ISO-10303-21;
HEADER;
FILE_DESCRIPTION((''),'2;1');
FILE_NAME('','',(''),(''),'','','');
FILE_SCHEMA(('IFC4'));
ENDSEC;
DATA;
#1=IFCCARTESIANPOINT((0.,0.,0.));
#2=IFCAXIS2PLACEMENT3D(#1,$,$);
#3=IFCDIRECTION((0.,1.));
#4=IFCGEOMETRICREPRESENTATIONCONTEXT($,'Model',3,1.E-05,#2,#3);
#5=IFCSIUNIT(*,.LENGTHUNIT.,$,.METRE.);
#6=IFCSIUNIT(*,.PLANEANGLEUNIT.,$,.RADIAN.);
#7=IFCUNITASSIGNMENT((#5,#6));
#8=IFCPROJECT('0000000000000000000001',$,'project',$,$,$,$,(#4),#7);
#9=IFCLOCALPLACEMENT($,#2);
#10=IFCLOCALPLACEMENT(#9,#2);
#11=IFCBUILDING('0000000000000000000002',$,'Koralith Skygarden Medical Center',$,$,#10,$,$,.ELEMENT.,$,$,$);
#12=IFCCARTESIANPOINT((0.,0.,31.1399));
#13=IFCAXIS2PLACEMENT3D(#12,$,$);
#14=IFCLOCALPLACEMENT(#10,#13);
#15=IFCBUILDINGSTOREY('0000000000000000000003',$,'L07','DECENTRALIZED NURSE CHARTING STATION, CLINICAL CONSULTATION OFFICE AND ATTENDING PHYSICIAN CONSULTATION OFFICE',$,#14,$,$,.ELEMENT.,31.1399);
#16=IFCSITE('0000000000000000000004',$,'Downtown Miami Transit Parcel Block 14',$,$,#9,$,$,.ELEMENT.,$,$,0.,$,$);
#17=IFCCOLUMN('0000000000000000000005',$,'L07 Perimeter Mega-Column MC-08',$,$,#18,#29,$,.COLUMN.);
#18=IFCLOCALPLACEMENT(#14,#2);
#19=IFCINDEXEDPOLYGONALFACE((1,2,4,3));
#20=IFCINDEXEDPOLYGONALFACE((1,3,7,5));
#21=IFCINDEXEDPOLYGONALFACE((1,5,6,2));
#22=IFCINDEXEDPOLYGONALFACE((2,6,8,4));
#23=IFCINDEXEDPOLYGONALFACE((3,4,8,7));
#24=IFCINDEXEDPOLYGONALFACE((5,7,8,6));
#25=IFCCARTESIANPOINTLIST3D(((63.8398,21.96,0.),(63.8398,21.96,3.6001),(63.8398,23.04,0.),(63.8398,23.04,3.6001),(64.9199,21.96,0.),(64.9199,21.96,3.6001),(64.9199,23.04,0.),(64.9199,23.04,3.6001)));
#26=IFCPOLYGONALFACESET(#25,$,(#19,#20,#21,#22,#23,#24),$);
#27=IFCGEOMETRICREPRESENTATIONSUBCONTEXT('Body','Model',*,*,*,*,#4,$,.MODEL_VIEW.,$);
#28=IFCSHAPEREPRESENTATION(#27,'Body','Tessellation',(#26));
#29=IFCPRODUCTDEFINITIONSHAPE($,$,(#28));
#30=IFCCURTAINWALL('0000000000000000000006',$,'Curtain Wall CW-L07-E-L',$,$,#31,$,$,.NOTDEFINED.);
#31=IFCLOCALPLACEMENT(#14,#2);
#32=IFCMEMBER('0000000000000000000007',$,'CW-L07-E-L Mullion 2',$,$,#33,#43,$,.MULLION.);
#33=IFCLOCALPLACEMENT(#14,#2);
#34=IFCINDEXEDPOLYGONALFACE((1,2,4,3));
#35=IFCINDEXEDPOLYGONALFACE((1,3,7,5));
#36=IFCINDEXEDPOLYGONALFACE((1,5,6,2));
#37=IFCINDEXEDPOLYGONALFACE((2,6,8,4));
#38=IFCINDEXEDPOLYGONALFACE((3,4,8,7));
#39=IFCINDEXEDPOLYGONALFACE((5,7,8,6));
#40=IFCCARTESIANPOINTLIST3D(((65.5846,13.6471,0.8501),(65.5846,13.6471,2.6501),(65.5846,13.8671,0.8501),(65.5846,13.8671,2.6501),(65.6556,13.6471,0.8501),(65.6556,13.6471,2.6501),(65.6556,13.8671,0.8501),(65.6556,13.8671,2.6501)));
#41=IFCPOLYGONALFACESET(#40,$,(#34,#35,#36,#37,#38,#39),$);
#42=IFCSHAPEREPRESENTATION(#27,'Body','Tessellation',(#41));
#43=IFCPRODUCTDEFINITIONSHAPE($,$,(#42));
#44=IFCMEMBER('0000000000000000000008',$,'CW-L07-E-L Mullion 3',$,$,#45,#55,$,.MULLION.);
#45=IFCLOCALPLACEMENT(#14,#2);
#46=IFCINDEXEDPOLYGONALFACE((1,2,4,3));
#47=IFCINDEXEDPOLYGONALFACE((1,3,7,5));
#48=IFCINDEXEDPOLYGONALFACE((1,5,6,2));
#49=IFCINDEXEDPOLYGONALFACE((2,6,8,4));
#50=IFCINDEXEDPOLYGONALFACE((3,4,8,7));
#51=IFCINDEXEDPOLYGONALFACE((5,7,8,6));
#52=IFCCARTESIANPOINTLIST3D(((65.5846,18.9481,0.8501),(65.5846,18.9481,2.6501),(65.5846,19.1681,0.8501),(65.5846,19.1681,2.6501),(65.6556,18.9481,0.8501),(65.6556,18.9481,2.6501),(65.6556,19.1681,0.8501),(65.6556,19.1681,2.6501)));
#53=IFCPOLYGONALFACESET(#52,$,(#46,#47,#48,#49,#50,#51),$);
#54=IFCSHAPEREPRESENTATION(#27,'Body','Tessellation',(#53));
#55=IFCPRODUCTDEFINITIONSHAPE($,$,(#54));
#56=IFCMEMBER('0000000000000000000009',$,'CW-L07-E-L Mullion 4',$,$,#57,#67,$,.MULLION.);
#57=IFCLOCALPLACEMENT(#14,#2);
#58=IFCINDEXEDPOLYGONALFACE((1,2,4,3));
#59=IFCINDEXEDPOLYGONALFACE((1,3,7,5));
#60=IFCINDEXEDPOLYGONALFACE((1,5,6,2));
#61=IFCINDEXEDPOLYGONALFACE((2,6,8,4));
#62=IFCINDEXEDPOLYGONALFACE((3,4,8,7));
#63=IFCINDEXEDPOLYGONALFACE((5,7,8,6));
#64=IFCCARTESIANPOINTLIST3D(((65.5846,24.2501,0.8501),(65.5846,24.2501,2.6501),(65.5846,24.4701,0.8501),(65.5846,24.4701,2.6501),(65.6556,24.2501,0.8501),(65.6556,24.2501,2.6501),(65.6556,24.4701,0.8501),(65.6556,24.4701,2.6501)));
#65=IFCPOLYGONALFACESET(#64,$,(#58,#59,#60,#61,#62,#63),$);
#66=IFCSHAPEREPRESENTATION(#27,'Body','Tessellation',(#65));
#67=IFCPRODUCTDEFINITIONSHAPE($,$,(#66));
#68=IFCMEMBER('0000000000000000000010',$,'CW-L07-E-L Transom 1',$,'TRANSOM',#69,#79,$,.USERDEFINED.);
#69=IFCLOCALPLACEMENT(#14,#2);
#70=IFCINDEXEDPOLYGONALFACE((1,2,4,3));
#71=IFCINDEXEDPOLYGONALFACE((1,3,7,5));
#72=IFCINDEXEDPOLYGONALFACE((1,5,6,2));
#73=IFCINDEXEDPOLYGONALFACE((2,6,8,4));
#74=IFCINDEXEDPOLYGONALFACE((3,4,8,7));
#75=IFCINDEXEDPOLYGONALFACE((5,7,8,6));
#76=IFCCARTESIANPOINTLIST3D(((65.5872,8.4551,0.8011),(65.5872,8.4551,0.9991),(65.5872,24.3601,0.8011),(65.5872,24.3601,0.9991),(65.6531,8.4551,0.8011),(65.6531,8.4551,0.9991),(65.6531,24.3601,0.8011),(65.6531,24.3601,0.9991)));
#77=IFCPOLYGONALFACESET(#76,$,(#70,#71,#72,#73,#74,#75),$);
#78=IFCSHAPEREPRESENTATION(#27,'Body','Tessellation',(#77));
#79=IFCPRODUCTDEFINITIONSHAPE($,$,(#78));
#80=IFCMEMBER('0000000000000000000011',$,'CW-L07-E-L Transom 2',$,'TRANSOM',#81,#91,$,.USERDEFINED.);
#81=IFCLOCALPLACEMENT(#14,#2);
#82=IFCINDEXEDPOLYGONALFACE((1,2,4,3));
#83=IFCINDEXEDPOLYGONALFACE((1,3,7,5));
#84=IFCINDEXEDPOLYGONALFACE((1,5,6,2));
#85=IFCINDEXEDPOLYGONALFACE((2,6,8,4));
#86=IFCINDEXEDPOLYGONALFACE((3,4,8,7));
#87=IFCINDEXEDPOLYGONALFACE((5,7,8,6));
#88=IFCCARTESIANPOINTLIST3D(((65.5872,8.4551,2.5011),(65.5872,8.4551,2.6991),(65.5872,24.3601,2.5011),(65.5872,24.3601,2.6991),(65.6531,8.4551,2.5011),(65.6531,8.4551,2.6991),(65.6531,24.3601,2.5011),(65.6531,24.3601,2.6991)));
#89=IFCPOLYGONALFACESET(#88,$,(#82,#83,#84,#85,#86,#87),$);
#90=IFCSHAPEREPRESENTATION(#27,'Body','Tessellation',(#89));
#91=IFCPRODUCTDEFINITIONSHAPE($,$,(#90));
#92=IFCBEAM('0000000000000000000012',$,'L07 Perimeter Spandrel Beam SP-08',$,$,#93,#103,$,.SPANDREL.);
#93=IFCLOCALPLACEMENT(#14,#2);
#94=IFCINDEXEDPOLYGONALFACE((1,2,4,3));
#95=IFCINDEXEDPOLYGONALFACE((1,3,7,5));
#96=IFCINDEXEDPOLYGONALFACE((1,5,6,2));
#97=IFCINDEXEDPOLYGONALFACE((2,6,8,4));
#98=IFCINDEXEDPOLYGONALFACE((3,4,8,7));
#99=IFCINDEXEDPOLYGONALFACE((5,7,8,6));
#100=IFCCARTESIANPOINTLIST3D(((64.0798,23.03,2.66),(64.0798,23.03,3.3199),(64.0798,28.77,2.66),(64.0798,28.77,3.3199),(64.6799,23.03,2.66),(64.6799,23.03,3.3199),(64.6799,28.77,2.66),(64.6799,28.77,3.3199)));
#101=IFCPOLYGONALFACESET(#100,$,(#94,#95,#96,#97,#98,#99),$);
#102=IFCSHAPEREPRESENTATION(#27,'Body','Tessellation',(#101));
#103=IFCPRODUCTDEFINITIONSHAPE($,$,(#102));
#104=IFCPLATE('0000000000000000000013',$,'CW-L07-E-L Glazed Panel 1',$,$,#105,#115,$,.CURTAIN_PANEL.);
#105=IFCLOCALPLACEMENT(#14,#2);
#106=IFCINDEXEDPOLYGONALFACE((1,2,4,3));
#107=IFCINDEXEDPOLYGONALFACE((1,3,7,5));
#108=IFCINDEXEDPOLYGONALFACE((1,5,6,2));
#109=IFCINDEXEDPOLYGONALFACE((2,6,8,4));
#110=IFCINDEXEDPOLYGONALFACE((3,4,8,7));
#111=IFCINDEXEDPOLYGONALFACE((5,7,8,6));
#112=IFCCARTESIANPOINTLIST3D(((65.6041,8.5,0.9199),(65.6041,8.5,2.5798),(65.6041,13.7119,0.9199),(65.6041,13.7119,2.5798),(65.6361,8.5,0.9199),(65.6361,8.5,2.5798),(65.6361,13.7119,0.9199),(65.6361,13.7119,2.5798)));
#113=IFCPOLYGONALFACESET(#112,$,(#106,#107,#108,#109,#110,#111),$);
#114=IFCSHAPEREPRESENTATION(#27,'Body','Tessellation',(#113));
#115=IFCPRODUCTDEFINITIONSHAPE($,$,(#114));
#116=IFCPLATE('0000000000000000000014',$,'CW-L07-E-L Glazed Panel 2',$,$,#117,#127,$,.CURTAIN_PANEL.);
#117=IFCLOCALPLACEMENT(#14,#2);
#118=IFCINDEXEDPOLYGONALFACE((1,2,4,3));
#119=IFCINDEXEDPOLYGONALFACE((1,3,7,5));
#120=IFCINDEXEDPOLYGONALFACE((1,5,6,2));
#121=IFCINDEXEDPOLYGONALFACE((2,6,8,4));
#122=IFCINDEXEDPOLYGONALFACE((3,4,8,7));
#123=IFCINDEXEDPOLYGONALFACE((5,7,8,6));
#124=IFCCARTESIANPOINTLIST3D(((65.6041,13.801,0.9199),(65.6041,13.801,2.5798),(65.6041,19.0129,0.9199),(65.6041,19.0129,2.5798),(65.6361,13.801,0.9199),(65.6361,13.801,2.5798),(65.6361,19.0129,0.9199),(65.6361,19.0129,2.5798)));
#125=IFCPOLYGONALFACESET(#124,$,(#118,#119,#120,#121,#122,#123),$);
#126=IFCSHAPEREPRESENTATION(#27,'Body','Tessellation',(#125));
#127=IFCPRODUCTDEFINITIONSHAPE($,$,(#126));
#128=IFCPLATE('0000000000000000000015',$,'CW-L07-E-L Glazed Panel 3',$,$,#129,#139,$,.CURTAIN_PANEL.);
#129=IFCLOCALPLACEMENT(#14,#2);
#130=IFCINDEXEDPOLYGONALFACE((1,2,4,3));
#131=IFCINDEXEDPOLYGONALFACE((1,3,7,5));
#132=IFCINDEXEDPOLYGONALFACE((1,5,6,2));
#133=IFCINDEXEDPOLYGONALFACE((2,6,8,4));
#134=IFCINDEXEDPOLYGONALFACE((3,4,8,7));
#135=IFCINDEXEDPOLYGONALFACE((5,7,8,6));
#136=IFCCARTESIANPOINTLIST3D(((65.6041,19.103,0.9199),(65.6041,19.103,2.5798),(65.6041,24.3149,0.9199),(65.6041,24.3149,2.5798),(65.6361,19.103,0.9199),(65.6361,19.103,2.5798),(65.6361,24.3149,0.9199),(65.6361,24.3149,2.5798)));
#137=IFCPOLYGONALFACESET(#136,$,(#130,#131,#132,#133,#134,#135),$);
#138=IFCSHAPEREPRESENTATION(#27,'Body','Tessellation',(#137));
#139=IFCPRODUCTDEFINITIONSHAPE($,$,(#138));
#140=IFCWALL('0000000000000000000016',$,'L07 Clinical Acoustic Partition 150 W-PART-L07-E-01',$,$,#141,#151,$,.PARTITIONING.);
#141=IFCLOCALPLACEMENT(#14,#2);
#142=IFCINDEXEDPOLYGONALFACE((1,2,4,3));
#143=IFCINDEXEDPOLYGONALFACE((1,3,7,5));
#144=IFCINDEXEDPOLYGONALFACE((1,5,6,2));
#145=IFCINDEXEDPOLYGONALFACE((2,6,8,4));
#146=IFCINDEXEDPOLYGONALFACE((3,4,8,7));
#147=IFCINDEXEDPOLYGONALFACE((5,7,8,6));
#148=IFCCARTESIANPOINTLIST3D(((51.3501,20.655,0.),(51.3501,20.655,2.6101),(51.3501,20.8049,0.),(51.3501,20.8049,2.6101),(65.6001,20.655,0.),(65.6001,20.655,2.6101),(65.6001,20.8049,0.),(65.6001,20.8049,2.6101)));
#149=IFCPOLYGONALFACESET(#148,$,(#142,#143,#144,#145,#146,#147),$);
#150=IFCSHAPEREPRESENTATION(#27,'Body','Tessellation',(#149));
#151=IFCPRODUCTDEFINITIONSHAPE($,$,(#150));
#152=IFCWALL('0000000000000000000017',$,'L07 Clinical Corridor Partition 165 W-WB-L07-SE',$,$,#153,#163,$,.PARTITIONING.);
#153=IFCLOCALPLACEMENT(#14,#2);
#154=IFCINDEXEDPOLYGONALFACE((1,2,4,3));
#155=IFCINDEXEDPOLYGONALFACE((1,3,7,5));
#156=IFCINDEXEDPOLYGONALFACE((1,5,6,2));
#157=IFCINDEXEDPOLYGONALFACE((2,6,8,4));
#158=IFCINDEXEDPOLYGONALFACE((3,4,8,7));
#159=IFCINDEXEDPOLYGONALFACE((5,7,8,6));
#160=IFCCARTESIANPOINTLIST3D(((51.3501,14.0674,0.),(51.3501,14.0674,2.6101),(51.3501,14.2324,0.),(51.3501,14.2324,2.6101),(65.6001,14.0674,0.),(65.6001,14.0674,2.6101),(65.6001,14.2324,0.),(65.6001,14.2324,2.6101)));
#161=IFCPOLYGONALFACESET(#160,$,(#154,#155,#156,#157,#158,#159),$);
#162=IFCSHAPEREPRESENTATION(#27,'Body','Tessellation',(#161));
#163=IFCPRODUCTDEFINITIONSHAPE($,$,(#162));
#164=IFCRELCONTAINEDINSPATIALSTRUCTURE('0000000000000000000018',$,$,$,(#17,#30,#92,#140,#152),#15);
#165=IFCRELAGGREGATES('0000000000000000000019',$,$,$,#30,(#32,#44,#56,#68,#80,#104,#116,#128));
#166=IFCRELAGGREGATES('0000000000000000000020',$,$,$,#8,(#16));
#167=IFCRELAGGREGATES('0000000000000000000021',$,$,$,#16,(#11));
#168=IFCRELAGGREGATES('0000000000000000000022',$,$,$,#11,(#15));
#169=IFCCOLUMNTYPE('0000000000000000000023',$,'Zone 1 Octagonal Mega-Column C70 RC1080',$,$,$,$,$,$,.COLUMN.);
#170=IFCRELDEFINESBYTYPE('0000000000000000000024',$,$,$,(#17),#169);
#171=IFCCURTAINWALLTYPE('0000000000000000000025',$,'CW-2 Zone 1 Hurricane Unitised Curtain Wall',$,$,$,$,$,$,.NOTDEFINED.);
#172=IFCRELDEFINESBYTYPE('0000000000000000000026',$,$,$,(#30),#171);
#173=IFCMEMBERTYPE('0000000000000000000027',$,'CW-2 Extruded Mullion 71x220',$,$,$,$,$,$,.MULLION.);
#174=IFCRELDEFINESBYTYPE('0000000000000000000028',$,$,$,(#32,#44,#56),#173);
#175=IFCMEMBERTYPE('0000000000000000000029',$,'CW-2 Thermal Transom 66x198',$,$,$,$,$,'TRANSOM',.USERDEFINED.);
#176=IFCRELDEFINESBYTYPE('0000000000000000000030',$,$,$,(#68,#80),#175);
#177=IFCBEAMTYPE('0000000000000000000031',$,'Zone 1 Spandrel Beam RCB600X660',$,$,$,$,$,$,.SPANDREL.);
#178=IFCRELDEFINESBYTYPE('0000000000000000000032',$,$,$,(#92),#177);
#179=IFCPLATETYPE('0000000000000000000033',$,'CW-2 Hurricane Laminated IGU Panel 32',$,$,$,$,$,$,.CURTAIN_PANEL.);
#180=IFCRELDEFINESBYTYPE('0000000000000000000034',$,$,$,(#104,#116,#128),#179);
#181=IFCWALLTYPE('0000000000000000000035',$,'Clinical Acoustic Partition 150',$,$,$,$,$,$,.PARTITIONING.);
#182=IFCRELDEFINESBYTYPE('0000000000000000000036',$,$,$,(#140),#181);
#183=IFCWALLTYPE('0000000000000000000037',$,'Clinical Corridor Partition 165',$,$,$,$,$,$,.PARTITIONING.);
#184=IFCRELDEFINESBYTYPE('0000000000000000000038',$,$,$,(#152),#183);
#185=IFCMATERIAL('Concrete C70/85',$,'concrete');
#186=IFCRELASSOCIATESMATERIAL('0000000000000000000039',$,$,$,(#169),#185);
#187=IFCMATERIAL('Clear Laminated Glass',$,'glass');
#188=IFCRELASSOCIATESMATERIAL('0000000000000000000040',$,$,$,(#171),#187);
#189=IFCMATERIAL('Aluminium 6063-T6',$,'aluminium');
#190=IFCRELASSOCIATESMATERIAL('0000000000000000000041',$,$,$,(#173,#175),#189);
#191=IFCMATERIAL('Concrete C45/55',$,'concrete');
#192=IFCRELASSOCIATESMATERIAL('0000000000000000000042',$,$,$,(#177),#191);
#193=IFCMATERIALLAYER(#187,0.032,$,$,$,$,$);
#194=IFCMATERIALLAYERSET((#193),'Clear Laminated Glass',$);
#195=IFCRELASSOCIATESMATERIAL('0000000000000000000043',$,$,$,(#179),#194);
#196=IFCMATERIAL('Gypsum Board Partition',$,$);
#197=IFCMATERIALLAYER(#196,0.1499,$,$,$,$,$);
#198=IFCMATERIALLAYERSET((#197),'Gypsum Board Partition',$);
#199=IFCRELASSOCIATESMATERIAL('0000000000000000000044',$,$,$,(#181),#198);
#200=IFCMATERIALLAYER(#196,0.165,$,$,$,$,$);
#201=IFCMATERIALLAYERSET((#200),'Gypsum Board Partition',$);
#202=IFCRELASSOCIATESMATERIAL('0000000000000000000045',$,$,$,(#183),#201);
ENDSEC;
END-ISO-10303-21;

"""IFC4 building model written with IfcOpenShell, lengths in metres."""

from ifc_helpers import new_model, si_unit, direction, frame, frame_2d, origin, origin_2d, place, context, subcontext, project, spatial, rectangle, extrude, material, layer, layer_set, material_profile, profile_set, type_object, element, aggregate, save


model = new_model("IFC4")

# Units and contexts
model_context = context("Model", 3, precision=1e-05, world=origin(), true_north=direction((0.0, 1.0)))
body_context = subcontext(model_context, "Body", "Model", "MODEL_VIEW")
ifc_project = project(units=[si_unit("LENGTHUNIT", "METRE"), si_unit("PLANEANGLEUNIT", "RADIAN")], contexts=[model_context])

# Site, building, storey
site_placement = place(None, origin())
site = spatial("IfcSite", under=ifc_project, at=site_placement, Name="Downtown Miami Transit Parcel Block 14", CompositionType="ELEMENT", RefElevation=0.0)
building_placement = place(site_placement, origin())
building = spatial("IfcBuilding", under=site, at=building_placement, Name="Koralith Skygarden Medical Center", CompositionType="ELEMENT")
storey_placement = place(building_placement, frame((0.0, 0.0, 31.1399)))
storey = spatial("IfcBuildingStorey", under=building, at=storey_placement, Name="L07", Description="DECENTRALIZED NURSE CHARTING STATION, CLINICAL CONSULTATION OFFICE AND ATTENDING PHYSICIAN CONSULTATION OFFICE", CompositionType="ELEMENT", Elevation=31.1399)

# Column
ifc_material_1 = material(Name="Concrete C70/85", Category="concrete")
ifc_material_profile_1 = material_profile(ifc_material_1, rectangle(XDim=1.0801, YDim=1.0801, at=origin_2d()), Name="RC1080X1080")
ifc_profile_set_1 = profile_set([ifc_material_profile_1], Name="Concrete C70/85")
column_type = type_object("IfcColumnType", Name="Zone 1 Octagonal Mega-Column C70 RC1080", PredefinedType="COLUMN", material=ifc_profile_set_1)
column_placement = place(storey_placement, frame((64.3799, 22.5, 0.0), z_axis=(0.0, 0.0, 1.0), x_axis=(1.0, 0.0, 0.0)))
element("IfcColumn", 1, at=column_placement, inside=storey, type_object=column_type, Name="L07 Perimeter Mega-Column MC-08", PredefinedType="COLUMN", context=body_context, shape_type="SweptSolid", body=[
    extrude(rectangle(XDim=1.0801, YDim=1.0801, at=origin_2d()), origin(), (0.0, 0.0, 1.0), 3.6001),
])

# Curtain wall, members
ifc_material_2 = material(Name="Clear Laminated Glass", Category="glass")
curtain_wall_type = type_object("IfcCurtainWallType", Name="CW-2 Zone 1 Hurricane Unitised Curtain Wall", PredefinedType="NOTDEFINED", material=ifc_material_2)
curtain_wall_placement = place(storey_placement, origin())
curtain_wall = element("IfcCurtainWall", 2, at=curtain_wall_placement, inside=storey, type_object=curtain_wall_type, Name="Curtain Wall CW-L07-E-L", PredefinedType="NOTDEFINED")
ifc_material_3 = material(Name="Aluminium 6063-T6", Category="aluminium")
ifc_material_profile_2 = material_profile(ifc_material_3, rectangle(XDim=0.071, YDim=0.22, at=origin_2d()), Name="MUL71X220")
ifc_profile_set_2 = profile_set([ifc_material_profile_2], Name="Aluminium 6063-T6")
member_type_1 = type_object("IfcMemberType", Name="CW-2 Extruded Mullion 71x220", PredefinedType="MULLION", material=ifc_profile_set_2)
member_1_placement = place(storey_placement, frame((65.6201, 13.7571, 0.8501), z_axis=(0.0, 0.0, 1.0), x_axis=(1.0, 0.0, 0.0)))
member_1 = element("IfcMember", 3, at=member_1_placement, type_object=member_type_1, Name="CW-L07-E-L Mullion 2", PredefinedType="MULLION", context=body_context, shape_type="SweptSolid", body=[
    extrude(rectangle(XDim=0.071, YDim=0.22, at=origin_2d()), origin(), (0.0, 0.0, 1.0), 1.8),
])
member_2_placement = place(storey_placement, frame((65.6201, 19.0581, 0.8501), z_axis=(0.0, 0.0, 1.0), x_axis=(1.0, 0.0, 0.0)))
member_2 = element("IfcMember", 4, at=member_2_placement, type_object=member_type_1, Name="CW-L07-E-L Mullion 3", PredefinedType="MULLION", context=body_context, shape_type="SweptSolid", body=[
    extrude(rectangle(XDim=0.071, YDim=0.22, at=origin_2d()), origin(), (0.0, 0.0, 1.0), 1.8),
])
member_3_placement = place(storey_placement, frame((65.6201, 24.3601, 0.8501), z_axis=(0.0, 0.0, 1.0), x_axis=(1.0, 0.0, 0.0)))
member_3 = element("IfcMember", 5, at=member_3_placement, type_object=member_type_1, Name="CW-L07-E-L Mullion 4", PredefinedType="MULLION", context=body_context, shape_type="SweptSolid", body=[
    extrude(rectangle(XDim=0.071, YDim=0.22, at=origin_2d()), origin(), (0.0, 0.0, 1.0), 1.8),
])
ifc_material_profile_3 = material_profile(ifc_material_3, rectangle(XDim=0.0659, YDim=0.198, at=origin_2d()), Name="TRN66X198")
ifc_profile_set_3 = profile_set([ifc_material_profile_3], Name="Aluminium 6063-T6")
member_type_2 = type_object("IfcMemberType", Name="CW-2 Thermal Transom 66x198", ElementType="TRANSOM", PredefinedType="USERDEFINED", material=ifc_profile_set_3)
member_4_placement = place(storey_placement, frame((65.6201, 8.4551, 0.9001), z_axis=(0.0, 1.0, 0.0), x_axis=(-1.0, 0.0, 0.0)))
member_4 = element("IfcMember", 6, at=member_4_placement, type_object=member_type_2, Name="CW-L07-E-L Transom 1", ObjectType="TRANSOM", PredefinedType="USERDEFINED", context=body_context, shape_type="SweptSolid", body=[
    extrude(rectangle(XDim=0.0659, YDim=0.198, at=origin_2d()), origin(), (0.0, 0.0, 1.0), 15.905),
])
member_5_placement = place(storey_placement, frame((65.6201, 8.4551, 2.6001), z_axis=(0.0, 1.0, 0.0), x_axis=(-1.0, 0.0, 0.0)))
member_5 = element("IfcMember", 7, at=member_5_placement, type_object=member_type_2, Name="CW-L07-E-L Transom 2", ObjectType="TRANSOM", PredefinedType="USERDEFINED", context=body_context, shape_type="SweptSolid", body=[
    extrude(rectangle(XDim=0.0659, YDim=0.198, at=origin_2d()), origin(), (0.0, 0.0, 1.0), 15.905),
])

# Beam
ifc_material_4 = material(Name="Concrete C45/55", Category="concrete")
ifc_material_profile_4 = material_profile(ifc_material_4, rectangle(XDim=0.6001, YDim=0.6599, at=origin_2d()), Name="RCB600X660")
ifc_profile_set_4 = profile_set([ifc_material_profile_4], Name="Concrete C45/55")
beam_type = type_object("IfcBeamType", Name="Zone 1 Spandrel Beam RCB600X660", PredefinedType="SPANDREL", material=ifc_profile_set_4)
beam_placement = place(storey_placement, frame((64.3799, 23.03, 2.99), z_axis=(0.0, 1.0, 0.0), x_axis=(-1.0, 0.0, 0.0)))
element("IfcBeam", 8, at=beam_placement, inside=storey, type_object=beam_type, Name="L07 Perimeter Spandrel Beam SP-08", PredefinedType="SPANDREL", context=body_context, shape_type="SweptSolid", body=[
    extrude(rectangle(XDim=0.6001, YDim=0.6599, at=origin_2d()), origin(), (0.0, 0.0, 1.0), 5.74),
])

# Plates
ifc_layer_1 = layer(ifc_material_2, 0.032)
ifc_layer_set_1 = layer_set([ifc_layer_1], Name="Clear Laminated Glass")
plate_type = type_object("IfcPlateType", Name="CW-2 Hurricane Laminated IGU Panel 32", PredefinedType="CURTAIN_PANEL", material=ifc_layer_set_1)
plate_1_placement = place(storey_placement, frame((65.6201, 11.106, 0.9199), z_axis=(0.0, 0.0, 1.0), x_axis=(0.0, 1.0, 0.0)))
plate_1 = element("IfcPlate", 9, at=plate_1_placement, type_object=plate_type, Name="CW-L07-E-L Glazed Panel 1", PredefinedType="CURTAIN_PANEL", context=body_context, shape_type="SweptSolid", body=[
    extrude(rectangle(XDim=5.2119, YDim=0.032, at=origin_2d()), origin(), (0.0, 0.0, 1.0), 1.6599),
])
plate_2_placement = place(storey_placement, frame((65.6201, 16.407, 0.9199), z_axis=(0.0, 0.0, 1.0), x_axis=(0.0, 1.0, 0.0)))
plate_2 = element("IfcPlate", 10, at=plate_2_placement, type_object=plate_type, Name="CW-L07-E-L Glazed Panel 2", PredefinedType="CURTAIN_PANEL", context=body_context, shape_type="SweptSolid", body=[
    extrude(rectangle(XDim=5.2119, YDim=0.032, at=origin_2d()), origin(), (0.0, 0.0, 1.0), 1.6599),
])
plate_3_placement = place(storey_placement, frame((65.6201, 21.709, 0.9199), z_axis=(0.0, 0.0, 1.0), x_axis=(0.0, 1.0, 0.0)))
plate_3 = element("IfcPlate", 11, at=plate_3_placement, type_object=plate_type, Name="CW-L07-E-L Glazed Panel 3", PredefinedType="CURTAIN_PANEL", context=body_context, shape_type="SweptSolid", body=[
    extrude(rectangle(XDim=5.2119, YDim=0.032, at=origin_2d()), origin(), (0.0, 0.0, 1.0), 1.6599),
])
aggregate(curtain_wall, [member_1, member_2, member_3, member_4, member_5, plate_1, plate_2, plate_3])

# Walls
ifc_material_5 = material(Name="Gypsum Board Partition")
ifc_layer_2 = layer(ifc_material_5, 0.1499)
ifc_layer_set_2 = layer_set([ifc_layer_2], Name="Gypsum Board Partition")
wall_type_1 = type_object("IfcWallType", Name="Clinical Acoustic Partition 150", PredefinedType="PARTITIONING", material=ifc_layer_set_2)
wall_1_placement = place(storey_placement, frame((51.3501, 20.73, 0.0), z_axis=(0.0, 0.0, 1.0), x_axis=(1.0, 0.0, 0.0)))
element("IfcWall", 12, at=wall_1_placement, inside=storey, type_object=wall_type_1, Name="L07 Clinical Acoustic Partition 150 W-PART-L07-E-01", PredefinedType="PARTITIONING", context=body_context, shape_type="SweptSolid", body=[
    extrude(rectangle(XDim=14.25, YDim=0.1499, at=frame_2d((7.125, 0.0))), origin(), (0.0, 0.0, 1.0), 2.6101),
])
ifc_layer_3 = layer(ifc_material_5, 0.165)
ifc_layer_set_3 = layer_set([ifc_layer_3], Name="Gypsum Board Partition")
wall_type_2 = type_object("IfcWallType", Name="Clinical Corridor Partition 165", PredefinedType="PARTITIONING", material=ifc_layer_set_3)
wall_2_placement = place(storey_placement, frame((51.3501, 14.1499, 0.0), z_axis=(0.0, 0.0, 1.0), x_axis=(1.0, 0.0, 0.0)))
element("IfcWall", 13, at=wall_2_placement, inside=storey, type_object=wall_type_2, Name="L07 Clinical Corridor Partition 165 W-WB-L07-SE", PredefinedType="PARTITIONING", context=body_context, shape_type="SweptSolid", body=[
    extrude(rectangle(XDim=14.25, YDim=0.165, at=frame_2d((7.125, 0.0))), origin(), (0.0, 0.0, 1.0), 2.6101),
])

save(model, "model.ifc")
